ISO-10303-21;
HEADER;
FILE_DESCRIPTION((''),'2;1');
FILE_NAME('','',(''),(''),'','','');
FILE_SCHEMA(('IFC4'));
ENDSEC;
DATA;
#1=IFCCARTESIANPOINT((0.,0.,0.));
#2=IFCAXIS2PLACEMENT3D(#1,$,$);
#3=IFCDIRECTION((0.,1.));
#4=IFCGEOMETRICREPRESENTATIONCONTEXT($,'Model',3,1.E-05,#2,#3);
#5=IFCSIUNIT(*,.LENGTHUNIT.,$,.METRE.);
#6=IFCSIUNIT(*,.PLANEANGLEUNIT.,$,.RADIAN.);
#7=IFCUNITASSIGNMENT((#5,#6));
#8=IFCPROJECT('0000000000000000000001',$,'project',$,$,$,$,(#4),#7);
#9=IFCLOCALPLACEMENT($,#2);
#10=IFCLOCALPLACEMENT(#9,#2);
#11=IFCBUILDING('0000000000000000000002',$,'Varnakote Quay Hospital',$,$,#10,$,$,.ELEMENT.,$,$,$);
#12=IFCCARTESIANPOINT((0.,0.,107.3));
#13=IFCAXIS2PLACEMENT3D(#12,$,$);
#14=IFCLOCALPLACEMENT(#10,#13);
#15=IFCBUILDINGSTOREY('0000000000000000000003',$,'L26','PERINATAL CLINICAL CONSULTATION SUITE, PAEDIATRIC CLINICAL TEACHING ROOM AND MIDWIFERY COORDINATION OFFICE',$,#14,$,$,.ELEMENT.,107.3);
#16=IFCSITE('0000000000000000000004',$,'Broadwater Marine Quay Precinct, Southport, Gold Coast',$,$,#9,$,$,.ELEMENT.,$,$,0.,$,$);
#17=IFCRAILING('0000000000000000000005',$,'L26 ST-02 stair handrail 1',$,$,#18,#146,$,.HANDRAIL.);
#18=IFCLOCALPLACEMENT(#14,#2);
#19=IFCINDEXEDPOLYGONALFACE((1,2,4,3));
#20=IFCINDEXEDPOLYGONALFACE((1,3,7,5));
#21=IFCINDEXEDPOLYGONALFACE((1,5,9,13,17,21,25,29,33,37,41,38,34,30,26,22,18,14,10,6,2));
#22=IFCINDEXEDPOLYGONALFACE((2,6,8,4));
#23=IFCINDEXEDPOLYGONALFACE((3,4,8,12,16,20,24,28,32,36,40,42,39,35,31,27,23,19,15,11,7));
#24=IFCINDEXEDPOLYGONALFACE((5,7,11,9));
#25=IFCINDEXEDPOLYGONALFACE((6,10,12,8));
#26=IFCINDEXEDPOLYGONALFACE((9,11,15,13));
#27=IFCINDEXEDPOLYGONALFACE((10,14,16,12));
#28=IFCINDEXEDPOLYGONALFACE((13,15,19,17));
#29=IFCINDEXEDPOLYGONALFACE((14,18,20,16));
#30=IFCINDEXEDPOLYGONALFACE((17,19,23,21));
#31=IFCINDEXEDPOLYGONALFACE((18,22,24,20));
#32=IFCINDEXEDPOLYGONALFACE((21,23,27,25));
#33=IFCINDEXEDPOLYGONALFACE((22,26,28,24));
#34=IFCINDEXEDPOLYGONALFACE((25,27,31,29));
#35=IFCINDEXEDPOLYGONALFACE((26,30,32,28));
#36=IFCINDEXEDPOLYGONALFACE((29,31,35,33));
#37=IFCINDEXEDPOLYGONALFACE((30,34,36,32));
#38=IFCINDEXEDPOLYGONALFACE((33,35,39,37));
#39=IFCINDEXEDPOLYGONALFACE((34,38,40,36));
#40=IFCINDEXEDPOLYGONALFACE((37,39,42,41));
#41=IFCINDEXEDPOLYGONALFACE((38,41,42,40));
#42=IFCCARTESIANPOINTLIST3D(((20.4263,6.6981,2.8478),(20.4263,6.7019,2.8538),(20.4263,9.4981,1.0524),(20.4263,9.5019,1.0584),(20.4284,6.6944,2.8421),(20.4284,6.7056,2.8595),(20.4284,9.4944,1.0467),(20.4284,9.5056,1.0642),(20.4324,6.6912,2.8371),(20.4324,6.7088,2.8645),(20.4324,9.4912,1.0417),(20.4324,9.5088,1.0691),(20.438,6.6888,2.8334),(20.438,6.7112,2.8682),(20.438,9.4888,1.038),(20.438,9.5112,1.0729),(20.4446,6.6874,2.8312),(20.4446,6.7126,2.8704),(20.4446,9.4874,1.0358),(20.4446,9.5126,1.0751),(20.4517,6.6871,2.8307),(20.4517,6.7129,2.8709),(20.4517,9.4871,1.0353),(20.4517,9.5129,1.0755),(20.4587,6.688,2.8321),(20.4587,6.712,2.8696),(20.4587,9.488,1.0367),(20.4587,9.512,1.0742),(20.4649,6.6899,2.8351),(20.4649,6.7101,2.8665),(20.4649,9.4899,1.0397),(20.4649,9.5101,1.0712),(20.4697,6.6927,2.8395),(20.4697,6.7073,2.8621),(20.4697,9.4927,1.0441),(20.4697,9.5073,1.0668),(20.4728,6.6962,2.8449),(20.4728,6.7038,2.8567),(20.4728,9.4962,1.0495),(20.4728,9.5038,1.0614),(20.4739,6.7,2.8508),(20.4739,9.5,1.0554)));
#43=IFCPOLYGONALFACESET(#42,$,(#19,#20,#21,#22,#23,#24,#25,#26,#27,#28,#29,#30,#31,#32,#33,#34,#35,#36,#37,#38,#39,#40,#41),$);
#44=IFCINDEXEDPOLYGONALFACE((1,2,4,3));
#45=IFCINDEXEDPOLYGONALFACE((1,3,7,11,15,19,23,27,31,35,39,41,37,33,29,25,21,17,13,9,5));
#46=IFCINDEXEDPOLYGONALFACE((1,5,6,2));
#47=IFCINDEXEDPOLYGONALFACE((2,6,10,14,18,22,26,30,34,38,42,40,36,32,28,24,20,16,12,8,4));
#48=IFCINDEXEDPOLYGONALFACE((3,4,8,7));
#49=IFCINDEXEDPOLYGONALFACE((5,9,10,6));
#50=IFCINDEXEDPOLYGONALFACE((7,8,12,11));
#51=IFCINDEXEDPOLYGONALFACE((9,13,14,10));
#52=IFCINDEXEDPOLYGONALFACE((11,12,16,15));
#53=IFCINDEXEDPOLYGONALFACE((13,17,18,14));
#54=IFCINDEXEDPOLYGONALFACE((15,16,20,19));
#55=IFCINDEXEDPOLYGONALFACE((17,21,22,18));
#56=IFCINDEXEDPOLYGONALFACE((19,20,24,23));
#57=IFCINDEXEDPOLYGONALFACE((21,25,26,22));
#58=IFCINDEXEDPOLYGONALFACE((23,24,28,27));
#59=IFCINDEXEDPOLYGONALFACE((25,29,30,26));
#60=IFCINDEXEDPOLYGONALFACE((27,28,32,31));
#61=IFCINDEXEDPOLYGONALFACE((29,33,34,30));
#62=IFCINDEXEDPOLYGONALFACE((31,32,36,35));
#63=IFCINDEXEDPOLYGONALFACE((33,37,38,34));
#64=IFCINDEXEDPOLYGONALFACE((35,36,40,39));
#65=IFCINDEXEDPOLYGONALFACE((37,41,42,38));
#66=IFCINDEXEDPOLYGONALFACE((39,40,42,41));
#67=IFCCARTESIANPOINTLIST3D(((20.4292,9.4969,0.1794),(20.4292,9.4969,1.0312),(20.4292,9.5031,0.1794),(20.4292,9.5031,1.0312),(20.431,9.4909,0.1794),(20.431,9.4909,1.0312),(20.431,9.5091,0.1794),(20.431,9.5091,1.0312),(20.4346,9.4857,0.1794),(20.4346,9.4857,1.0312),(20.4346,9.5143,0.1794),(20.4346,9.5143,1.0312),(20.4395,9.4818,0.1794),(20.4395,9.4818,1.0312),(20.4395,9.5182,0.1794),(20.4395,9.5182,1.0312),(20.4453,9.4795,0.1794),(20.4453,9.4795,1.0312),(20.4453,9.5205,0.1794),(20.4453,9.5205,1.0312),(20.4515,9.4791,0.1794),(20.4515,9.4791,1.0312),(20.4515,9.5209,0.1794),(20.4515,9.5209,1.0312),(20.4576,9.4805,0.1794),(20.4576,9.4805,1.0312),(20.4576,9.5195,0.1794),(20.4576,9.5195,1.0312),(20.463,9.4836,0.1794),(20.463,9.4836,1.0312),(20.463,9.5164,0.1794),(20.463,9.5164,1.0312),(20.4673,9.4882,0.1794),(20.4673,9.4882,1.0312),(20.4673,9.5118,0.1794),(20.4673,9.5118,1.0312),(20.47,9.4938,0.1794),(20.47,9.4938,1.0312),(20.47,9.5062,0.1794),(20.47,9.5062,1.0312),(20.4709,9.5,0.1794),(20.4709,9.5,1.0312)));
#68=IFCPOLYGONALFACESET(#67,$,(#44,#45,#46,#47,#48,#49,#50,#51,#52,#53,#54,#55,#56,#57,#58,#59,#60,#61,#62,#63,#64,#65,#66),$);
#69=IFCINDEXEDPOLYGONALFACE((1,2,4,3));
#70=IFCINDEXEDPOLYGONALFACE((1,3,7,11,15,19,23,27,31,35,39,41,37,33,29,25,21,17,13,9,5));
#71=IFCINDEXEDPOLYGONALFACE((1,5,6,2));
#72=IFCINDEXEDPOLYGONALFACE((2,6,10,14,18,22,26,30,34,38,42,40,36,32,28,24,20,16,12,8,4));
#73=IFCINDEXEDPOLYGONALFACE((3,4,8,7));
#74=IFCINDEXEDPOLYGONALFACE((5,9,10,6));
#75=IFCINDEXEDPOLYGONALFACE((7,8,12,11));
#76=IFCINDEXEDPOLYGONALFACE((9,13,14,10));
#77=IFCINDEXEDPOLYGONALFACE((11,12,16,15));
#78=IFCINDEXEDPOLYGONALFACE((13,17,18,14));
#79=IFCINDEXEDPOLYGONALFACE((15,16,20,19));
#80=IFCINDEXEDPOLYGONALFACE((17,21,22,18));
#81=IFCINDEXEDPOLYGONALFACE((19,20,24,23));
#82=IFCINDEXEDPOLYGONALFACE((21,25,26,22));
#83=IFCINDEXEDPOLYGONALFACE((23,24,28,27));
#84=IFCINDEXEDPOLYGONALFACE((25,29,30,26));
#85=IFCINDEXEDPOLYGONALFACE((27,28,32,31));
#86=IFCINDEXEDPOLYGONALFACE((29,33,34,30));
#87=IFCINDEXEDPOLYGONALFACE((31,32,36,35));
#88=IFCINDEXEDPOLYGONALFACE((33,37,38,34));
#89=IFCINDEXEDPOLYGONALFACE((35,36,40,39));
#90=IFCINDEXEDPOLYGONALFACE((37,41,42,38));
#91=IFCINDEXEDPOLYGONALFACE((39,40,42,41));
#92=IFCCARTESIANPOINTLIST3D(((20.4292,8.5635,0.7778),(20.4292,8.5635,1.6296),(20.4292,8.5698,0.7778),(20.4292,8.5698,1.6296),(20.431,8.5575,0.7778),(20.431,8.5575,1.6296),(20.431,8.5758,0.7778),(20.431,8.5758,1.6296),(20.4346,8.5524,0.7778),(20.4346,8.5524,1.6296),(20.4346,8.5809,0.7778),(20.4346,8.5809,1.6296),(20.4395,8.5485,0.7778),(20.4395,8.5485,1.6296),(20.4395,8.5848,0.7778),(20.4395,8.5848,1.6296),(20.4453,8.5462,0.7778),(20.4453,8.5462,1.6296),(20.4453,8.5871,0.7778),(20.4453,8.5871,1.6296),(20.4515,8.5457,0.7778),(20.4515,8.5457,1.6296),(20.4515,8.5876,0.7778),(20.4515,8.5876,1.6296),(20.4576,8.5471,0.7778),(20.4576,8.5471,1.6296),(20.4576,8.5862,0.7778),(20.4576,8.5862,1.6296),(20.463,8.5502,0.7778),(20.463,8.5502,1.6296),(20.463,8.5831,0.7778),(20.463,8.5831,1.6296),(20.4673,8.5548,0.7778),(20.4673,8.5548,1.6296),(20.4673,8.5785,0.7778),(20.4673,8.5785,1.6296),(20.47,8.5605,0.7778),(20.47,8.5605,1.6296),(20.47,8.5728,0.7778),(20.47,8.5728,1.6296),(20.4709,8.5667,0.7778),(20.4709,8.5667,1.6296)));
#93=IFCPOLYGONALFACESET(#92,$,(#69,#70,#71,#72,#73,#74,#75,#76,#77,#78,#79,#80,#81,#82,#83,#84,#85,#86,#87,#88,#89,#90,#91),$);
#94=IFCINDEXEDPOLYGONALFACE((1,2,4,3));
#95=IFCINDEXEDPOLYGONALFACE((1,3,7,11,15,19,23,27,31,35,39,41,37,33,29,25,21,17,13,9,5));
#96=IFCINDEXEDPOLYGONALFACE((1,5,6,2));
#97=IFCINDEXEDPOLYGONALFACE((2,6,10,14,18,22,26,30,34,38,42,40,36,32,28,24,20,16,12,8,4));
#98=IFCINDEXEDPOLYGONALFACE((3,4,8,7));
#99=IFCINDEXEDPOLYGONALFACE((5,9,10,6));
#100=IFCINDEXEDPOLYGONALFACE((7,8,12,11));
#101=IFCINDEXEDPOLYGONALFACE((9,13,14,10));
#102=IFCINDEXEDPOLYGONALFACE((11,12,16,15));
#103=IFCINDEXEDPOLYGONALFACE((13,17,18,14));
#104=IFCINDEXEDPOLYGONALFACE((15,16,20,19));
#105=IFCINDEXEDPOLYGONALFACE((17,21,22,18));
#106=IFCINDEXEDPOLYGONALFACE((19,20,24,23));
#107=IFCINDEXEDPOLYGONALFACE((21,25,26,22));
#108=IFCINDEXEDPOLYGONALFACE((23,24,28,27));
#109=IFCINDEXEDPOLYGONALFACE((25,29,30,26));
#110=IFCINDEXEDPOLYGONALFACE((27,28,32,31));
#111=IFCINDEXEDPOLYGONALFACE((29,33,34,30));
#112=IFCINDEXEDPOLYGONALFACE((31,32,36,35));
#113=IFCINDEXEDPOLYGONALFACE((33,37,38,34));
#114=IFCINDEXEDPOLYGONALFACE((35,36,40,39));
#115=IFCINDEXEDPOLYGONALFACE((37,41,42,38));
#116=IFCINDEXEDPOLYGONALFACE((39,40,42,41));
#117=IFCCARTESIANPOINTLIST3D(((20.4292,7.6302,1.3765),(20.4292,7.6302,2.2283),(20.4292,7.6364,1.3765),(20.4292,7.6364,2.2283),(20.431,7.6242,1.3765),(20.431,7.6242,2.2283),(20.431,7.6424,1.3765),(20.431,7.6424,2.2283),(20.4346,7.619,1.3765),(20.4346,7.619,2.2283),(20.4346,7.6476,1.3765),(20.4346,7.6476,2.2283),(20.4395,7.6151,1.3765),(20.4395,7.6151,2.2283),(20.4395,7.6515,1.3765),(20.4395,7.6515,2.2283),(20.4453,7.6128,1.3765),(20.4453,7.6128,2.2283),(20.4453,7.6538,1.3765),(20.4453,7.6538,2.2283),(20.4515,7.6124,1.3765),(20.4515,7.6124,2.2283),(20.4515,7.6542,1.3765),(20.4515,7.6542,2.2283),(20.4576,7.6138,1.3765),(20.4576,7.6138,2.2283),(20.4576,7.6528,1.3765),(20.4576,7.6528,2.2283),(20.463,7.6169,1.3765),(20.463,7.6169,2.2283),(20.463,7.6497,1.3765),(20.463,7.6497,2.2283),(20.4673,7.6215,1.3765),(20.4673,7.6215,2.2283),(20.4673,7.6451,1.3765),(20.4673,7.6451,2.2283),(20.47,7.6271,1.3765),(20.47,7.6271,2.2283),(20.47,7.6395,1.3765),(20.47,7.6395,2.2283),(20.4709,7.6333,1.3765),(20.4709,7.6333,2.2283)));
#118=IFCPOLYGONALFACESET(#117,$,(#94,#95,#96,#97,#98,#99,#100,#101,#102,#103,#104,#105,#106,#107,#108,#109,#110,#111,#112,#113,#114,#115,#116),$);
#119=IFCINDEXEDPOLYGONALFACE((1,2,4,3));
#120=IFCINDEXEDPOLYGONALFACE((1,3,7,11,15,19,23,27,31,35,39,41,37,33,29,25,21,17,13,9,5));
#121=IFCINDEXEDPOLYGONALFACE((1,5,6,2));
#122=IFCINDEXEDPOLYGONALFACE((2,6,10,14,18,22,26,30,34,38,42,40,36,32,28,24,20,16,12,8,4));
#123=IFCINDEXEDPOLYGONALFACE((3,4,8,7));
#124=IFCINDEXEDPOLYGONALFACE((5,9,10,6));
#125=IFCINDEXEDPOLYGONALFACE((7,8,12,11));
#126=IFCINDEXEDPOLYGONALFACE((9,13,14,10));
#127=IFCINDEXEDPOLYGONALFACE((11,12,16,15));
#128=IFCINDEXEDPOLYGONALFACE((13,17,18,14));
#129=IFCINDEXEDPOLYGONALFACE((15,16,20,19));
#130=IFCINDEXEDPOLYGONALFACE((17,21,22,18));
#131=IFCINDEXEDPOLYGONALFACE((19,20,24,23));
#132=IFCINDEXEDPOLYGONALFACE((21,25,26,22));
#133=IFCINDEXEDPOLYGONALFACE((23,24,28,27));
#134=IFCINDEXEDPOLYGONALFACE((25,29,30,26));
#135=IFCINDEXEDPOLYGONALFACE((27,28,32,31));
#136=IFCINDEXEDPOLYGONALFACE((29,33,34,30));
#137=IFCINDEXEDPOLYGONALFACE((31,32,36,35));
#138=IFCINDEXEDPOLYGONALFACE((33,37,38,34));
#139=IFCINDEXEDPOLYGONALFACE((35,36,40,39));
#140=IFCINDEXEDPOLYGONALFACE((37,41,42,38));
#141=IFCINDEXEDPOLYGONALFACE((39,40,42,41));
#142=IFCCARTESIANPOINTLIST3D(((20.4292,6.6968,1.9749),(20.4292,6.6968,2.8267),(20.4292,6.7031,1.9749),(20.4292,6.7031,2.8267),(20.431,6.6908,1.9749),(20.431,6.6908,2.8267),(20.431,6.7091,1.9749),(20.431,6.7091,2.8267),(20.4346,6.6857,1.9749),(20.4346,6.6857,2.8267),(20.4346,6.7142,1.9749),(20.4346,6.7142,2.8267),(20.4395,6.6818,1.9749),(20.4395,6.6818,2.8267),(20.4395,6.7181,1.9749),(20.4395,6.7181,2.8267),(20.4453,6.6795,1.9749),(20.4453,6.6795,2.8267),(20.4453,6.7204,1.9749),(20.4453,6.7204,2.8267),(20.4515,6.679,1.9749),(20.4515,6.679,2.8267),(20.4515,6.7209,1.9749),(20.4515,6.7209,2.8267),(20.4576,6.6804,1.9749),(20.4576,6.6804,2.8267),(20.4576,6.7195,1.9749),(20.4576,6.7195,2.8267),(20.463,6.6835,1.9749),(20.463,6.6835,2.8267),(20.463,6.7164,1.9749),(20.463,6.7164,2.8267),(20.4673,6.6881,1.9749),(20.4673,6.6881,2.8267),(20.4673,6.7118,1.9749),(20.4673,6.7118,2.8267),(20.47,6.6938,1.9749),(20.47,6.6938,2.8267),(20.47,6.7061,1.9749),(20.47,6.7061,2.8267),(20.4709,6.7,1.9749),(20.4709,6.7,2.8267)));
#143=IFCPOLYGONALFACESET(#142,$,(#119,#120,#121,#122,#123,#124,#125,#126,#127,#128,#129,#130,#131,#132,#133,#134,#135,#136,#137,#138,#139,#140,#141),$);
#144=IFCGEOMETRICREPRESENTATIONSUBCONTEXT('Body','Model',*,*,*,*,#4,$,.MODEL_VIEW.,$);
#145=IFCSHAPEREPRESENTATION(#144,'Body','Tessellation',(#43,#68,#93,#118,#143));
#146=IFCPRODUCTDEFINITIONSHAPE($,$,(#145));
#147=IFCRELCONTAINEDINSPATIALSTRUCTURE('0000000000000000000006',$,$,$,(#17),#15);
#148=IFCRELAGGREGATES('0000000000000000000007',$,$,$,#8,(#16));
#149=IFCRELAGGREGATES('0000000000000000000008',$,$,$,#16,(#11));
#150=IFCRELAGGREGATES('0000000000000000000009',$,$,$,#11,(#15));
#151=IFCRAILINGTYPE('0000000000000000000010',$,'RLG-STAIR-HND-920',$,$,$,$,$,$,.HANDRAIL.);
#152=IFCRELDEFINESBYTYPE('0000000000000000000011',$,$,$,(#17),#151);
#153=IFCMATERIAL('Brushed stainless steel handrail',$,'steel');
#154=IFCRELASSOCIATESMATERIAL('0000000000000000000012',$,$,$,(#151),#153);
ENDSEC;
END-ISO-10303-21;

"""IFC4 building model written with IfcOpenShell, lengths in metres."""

from ifc_helpers import new_model, si_unit, direction, frame, origin, origin_2d, place, context, subcontext, project, spatial, circle, extrude, material, type_object, element, save


model = new_model("IFC4")

# Units and contexts
model_context = context("Model", 3, precision=1e-05, world=origin(), true_north=direction((0.0, 1.0)))
body_context = subcontext(model_context, "Body", "Model", "MODEL_VIEW")
ifc_project = project(units=[si_unit("LENGTHUNIT", "METRE"), si_unit("PLANEANGLEUNIT", "RADIAN")], contexts=[model_context])

# Site, building, storey
site_placement = place(None, origin())
site = spatial("IfcSite", under=ifc_project, at=site_placement, Name="Broadwater Marine Quay Precinct, Southport, Gold Coast", CompositionType="ELEMENT", RefElevation=0.0)
building_placement = place(site_placement, origin())
building = spatial("IfcBuilding", under=site, at=building_placement, Name="Varnakote Quay Hospital", CompositionType="ELEMENT")
storey_placement = place(building_placement, frame((0.0, 0.0, 107.3)))
storey = spatial("IfcBuildingStorey", under=building, at=storey_placement, Name="L26", Description="PERINATAL CLINICAL CONSULTATION SUITE, PAEDIATRIC CLINICAL TEACHING ROOM AND MIDWIFERY COORDINATION OFFICE", CompositionType="ELEMENT", Elevation=107.3)

# Railing
ifc_material_1 = material(Name="Brushed stainless steel handrail", Category="steel")
railing_type_1 = type_object("IfcRailingType", Name="RLG-STAIR-HND-920", PredefinedType="HANDRAIL", material=ifc_material_1)
railing_1_placement = place(storey_placement, frame((20.45, 9.5, 0.1794)))
element("IfcRailing", 1, at=railing_1_placement, inside=storey, type_object=railing_type_1, Name="L26 ST-02 stair handrail 1", PredefinedType="HANDRAIL", context=body_context, shape_type="SweptSolid", body=[
    extrude(circle(Radius=0.0239, at=origin_2d()), frame((0.0, 0.0, 0.876), z_axis=(0.0, -0.84181, 0.539774), x_axis=(1.0, 0.0, 0.0)), (0.0, 0.0, 1.0), 3.3262),
    extrude(circle(Radius=0.021, at=origin_2d()), origin(), (0.0, 0.0, 1.0), 0.8518),
    extrude(circle(Radius=0.021, at=origin_2d()), frame((0.0, -0.9333, 0.5984)), (0.0, 0.0, 1.0), 0.8518),
    extrude(circle(Radius=0.021, at=origin_2d()), frame((0.0, -1.8667, 1.197)), (0.0, 0.0, 1.0), 0.8518),
    extrude(circle(Radius=0.021, at=origin_2d()), frame((0.0, -2.8, 1.7954)), (0.0, 0.0, 1.0), 0.8518),
])

save(model, "model.ifc")
